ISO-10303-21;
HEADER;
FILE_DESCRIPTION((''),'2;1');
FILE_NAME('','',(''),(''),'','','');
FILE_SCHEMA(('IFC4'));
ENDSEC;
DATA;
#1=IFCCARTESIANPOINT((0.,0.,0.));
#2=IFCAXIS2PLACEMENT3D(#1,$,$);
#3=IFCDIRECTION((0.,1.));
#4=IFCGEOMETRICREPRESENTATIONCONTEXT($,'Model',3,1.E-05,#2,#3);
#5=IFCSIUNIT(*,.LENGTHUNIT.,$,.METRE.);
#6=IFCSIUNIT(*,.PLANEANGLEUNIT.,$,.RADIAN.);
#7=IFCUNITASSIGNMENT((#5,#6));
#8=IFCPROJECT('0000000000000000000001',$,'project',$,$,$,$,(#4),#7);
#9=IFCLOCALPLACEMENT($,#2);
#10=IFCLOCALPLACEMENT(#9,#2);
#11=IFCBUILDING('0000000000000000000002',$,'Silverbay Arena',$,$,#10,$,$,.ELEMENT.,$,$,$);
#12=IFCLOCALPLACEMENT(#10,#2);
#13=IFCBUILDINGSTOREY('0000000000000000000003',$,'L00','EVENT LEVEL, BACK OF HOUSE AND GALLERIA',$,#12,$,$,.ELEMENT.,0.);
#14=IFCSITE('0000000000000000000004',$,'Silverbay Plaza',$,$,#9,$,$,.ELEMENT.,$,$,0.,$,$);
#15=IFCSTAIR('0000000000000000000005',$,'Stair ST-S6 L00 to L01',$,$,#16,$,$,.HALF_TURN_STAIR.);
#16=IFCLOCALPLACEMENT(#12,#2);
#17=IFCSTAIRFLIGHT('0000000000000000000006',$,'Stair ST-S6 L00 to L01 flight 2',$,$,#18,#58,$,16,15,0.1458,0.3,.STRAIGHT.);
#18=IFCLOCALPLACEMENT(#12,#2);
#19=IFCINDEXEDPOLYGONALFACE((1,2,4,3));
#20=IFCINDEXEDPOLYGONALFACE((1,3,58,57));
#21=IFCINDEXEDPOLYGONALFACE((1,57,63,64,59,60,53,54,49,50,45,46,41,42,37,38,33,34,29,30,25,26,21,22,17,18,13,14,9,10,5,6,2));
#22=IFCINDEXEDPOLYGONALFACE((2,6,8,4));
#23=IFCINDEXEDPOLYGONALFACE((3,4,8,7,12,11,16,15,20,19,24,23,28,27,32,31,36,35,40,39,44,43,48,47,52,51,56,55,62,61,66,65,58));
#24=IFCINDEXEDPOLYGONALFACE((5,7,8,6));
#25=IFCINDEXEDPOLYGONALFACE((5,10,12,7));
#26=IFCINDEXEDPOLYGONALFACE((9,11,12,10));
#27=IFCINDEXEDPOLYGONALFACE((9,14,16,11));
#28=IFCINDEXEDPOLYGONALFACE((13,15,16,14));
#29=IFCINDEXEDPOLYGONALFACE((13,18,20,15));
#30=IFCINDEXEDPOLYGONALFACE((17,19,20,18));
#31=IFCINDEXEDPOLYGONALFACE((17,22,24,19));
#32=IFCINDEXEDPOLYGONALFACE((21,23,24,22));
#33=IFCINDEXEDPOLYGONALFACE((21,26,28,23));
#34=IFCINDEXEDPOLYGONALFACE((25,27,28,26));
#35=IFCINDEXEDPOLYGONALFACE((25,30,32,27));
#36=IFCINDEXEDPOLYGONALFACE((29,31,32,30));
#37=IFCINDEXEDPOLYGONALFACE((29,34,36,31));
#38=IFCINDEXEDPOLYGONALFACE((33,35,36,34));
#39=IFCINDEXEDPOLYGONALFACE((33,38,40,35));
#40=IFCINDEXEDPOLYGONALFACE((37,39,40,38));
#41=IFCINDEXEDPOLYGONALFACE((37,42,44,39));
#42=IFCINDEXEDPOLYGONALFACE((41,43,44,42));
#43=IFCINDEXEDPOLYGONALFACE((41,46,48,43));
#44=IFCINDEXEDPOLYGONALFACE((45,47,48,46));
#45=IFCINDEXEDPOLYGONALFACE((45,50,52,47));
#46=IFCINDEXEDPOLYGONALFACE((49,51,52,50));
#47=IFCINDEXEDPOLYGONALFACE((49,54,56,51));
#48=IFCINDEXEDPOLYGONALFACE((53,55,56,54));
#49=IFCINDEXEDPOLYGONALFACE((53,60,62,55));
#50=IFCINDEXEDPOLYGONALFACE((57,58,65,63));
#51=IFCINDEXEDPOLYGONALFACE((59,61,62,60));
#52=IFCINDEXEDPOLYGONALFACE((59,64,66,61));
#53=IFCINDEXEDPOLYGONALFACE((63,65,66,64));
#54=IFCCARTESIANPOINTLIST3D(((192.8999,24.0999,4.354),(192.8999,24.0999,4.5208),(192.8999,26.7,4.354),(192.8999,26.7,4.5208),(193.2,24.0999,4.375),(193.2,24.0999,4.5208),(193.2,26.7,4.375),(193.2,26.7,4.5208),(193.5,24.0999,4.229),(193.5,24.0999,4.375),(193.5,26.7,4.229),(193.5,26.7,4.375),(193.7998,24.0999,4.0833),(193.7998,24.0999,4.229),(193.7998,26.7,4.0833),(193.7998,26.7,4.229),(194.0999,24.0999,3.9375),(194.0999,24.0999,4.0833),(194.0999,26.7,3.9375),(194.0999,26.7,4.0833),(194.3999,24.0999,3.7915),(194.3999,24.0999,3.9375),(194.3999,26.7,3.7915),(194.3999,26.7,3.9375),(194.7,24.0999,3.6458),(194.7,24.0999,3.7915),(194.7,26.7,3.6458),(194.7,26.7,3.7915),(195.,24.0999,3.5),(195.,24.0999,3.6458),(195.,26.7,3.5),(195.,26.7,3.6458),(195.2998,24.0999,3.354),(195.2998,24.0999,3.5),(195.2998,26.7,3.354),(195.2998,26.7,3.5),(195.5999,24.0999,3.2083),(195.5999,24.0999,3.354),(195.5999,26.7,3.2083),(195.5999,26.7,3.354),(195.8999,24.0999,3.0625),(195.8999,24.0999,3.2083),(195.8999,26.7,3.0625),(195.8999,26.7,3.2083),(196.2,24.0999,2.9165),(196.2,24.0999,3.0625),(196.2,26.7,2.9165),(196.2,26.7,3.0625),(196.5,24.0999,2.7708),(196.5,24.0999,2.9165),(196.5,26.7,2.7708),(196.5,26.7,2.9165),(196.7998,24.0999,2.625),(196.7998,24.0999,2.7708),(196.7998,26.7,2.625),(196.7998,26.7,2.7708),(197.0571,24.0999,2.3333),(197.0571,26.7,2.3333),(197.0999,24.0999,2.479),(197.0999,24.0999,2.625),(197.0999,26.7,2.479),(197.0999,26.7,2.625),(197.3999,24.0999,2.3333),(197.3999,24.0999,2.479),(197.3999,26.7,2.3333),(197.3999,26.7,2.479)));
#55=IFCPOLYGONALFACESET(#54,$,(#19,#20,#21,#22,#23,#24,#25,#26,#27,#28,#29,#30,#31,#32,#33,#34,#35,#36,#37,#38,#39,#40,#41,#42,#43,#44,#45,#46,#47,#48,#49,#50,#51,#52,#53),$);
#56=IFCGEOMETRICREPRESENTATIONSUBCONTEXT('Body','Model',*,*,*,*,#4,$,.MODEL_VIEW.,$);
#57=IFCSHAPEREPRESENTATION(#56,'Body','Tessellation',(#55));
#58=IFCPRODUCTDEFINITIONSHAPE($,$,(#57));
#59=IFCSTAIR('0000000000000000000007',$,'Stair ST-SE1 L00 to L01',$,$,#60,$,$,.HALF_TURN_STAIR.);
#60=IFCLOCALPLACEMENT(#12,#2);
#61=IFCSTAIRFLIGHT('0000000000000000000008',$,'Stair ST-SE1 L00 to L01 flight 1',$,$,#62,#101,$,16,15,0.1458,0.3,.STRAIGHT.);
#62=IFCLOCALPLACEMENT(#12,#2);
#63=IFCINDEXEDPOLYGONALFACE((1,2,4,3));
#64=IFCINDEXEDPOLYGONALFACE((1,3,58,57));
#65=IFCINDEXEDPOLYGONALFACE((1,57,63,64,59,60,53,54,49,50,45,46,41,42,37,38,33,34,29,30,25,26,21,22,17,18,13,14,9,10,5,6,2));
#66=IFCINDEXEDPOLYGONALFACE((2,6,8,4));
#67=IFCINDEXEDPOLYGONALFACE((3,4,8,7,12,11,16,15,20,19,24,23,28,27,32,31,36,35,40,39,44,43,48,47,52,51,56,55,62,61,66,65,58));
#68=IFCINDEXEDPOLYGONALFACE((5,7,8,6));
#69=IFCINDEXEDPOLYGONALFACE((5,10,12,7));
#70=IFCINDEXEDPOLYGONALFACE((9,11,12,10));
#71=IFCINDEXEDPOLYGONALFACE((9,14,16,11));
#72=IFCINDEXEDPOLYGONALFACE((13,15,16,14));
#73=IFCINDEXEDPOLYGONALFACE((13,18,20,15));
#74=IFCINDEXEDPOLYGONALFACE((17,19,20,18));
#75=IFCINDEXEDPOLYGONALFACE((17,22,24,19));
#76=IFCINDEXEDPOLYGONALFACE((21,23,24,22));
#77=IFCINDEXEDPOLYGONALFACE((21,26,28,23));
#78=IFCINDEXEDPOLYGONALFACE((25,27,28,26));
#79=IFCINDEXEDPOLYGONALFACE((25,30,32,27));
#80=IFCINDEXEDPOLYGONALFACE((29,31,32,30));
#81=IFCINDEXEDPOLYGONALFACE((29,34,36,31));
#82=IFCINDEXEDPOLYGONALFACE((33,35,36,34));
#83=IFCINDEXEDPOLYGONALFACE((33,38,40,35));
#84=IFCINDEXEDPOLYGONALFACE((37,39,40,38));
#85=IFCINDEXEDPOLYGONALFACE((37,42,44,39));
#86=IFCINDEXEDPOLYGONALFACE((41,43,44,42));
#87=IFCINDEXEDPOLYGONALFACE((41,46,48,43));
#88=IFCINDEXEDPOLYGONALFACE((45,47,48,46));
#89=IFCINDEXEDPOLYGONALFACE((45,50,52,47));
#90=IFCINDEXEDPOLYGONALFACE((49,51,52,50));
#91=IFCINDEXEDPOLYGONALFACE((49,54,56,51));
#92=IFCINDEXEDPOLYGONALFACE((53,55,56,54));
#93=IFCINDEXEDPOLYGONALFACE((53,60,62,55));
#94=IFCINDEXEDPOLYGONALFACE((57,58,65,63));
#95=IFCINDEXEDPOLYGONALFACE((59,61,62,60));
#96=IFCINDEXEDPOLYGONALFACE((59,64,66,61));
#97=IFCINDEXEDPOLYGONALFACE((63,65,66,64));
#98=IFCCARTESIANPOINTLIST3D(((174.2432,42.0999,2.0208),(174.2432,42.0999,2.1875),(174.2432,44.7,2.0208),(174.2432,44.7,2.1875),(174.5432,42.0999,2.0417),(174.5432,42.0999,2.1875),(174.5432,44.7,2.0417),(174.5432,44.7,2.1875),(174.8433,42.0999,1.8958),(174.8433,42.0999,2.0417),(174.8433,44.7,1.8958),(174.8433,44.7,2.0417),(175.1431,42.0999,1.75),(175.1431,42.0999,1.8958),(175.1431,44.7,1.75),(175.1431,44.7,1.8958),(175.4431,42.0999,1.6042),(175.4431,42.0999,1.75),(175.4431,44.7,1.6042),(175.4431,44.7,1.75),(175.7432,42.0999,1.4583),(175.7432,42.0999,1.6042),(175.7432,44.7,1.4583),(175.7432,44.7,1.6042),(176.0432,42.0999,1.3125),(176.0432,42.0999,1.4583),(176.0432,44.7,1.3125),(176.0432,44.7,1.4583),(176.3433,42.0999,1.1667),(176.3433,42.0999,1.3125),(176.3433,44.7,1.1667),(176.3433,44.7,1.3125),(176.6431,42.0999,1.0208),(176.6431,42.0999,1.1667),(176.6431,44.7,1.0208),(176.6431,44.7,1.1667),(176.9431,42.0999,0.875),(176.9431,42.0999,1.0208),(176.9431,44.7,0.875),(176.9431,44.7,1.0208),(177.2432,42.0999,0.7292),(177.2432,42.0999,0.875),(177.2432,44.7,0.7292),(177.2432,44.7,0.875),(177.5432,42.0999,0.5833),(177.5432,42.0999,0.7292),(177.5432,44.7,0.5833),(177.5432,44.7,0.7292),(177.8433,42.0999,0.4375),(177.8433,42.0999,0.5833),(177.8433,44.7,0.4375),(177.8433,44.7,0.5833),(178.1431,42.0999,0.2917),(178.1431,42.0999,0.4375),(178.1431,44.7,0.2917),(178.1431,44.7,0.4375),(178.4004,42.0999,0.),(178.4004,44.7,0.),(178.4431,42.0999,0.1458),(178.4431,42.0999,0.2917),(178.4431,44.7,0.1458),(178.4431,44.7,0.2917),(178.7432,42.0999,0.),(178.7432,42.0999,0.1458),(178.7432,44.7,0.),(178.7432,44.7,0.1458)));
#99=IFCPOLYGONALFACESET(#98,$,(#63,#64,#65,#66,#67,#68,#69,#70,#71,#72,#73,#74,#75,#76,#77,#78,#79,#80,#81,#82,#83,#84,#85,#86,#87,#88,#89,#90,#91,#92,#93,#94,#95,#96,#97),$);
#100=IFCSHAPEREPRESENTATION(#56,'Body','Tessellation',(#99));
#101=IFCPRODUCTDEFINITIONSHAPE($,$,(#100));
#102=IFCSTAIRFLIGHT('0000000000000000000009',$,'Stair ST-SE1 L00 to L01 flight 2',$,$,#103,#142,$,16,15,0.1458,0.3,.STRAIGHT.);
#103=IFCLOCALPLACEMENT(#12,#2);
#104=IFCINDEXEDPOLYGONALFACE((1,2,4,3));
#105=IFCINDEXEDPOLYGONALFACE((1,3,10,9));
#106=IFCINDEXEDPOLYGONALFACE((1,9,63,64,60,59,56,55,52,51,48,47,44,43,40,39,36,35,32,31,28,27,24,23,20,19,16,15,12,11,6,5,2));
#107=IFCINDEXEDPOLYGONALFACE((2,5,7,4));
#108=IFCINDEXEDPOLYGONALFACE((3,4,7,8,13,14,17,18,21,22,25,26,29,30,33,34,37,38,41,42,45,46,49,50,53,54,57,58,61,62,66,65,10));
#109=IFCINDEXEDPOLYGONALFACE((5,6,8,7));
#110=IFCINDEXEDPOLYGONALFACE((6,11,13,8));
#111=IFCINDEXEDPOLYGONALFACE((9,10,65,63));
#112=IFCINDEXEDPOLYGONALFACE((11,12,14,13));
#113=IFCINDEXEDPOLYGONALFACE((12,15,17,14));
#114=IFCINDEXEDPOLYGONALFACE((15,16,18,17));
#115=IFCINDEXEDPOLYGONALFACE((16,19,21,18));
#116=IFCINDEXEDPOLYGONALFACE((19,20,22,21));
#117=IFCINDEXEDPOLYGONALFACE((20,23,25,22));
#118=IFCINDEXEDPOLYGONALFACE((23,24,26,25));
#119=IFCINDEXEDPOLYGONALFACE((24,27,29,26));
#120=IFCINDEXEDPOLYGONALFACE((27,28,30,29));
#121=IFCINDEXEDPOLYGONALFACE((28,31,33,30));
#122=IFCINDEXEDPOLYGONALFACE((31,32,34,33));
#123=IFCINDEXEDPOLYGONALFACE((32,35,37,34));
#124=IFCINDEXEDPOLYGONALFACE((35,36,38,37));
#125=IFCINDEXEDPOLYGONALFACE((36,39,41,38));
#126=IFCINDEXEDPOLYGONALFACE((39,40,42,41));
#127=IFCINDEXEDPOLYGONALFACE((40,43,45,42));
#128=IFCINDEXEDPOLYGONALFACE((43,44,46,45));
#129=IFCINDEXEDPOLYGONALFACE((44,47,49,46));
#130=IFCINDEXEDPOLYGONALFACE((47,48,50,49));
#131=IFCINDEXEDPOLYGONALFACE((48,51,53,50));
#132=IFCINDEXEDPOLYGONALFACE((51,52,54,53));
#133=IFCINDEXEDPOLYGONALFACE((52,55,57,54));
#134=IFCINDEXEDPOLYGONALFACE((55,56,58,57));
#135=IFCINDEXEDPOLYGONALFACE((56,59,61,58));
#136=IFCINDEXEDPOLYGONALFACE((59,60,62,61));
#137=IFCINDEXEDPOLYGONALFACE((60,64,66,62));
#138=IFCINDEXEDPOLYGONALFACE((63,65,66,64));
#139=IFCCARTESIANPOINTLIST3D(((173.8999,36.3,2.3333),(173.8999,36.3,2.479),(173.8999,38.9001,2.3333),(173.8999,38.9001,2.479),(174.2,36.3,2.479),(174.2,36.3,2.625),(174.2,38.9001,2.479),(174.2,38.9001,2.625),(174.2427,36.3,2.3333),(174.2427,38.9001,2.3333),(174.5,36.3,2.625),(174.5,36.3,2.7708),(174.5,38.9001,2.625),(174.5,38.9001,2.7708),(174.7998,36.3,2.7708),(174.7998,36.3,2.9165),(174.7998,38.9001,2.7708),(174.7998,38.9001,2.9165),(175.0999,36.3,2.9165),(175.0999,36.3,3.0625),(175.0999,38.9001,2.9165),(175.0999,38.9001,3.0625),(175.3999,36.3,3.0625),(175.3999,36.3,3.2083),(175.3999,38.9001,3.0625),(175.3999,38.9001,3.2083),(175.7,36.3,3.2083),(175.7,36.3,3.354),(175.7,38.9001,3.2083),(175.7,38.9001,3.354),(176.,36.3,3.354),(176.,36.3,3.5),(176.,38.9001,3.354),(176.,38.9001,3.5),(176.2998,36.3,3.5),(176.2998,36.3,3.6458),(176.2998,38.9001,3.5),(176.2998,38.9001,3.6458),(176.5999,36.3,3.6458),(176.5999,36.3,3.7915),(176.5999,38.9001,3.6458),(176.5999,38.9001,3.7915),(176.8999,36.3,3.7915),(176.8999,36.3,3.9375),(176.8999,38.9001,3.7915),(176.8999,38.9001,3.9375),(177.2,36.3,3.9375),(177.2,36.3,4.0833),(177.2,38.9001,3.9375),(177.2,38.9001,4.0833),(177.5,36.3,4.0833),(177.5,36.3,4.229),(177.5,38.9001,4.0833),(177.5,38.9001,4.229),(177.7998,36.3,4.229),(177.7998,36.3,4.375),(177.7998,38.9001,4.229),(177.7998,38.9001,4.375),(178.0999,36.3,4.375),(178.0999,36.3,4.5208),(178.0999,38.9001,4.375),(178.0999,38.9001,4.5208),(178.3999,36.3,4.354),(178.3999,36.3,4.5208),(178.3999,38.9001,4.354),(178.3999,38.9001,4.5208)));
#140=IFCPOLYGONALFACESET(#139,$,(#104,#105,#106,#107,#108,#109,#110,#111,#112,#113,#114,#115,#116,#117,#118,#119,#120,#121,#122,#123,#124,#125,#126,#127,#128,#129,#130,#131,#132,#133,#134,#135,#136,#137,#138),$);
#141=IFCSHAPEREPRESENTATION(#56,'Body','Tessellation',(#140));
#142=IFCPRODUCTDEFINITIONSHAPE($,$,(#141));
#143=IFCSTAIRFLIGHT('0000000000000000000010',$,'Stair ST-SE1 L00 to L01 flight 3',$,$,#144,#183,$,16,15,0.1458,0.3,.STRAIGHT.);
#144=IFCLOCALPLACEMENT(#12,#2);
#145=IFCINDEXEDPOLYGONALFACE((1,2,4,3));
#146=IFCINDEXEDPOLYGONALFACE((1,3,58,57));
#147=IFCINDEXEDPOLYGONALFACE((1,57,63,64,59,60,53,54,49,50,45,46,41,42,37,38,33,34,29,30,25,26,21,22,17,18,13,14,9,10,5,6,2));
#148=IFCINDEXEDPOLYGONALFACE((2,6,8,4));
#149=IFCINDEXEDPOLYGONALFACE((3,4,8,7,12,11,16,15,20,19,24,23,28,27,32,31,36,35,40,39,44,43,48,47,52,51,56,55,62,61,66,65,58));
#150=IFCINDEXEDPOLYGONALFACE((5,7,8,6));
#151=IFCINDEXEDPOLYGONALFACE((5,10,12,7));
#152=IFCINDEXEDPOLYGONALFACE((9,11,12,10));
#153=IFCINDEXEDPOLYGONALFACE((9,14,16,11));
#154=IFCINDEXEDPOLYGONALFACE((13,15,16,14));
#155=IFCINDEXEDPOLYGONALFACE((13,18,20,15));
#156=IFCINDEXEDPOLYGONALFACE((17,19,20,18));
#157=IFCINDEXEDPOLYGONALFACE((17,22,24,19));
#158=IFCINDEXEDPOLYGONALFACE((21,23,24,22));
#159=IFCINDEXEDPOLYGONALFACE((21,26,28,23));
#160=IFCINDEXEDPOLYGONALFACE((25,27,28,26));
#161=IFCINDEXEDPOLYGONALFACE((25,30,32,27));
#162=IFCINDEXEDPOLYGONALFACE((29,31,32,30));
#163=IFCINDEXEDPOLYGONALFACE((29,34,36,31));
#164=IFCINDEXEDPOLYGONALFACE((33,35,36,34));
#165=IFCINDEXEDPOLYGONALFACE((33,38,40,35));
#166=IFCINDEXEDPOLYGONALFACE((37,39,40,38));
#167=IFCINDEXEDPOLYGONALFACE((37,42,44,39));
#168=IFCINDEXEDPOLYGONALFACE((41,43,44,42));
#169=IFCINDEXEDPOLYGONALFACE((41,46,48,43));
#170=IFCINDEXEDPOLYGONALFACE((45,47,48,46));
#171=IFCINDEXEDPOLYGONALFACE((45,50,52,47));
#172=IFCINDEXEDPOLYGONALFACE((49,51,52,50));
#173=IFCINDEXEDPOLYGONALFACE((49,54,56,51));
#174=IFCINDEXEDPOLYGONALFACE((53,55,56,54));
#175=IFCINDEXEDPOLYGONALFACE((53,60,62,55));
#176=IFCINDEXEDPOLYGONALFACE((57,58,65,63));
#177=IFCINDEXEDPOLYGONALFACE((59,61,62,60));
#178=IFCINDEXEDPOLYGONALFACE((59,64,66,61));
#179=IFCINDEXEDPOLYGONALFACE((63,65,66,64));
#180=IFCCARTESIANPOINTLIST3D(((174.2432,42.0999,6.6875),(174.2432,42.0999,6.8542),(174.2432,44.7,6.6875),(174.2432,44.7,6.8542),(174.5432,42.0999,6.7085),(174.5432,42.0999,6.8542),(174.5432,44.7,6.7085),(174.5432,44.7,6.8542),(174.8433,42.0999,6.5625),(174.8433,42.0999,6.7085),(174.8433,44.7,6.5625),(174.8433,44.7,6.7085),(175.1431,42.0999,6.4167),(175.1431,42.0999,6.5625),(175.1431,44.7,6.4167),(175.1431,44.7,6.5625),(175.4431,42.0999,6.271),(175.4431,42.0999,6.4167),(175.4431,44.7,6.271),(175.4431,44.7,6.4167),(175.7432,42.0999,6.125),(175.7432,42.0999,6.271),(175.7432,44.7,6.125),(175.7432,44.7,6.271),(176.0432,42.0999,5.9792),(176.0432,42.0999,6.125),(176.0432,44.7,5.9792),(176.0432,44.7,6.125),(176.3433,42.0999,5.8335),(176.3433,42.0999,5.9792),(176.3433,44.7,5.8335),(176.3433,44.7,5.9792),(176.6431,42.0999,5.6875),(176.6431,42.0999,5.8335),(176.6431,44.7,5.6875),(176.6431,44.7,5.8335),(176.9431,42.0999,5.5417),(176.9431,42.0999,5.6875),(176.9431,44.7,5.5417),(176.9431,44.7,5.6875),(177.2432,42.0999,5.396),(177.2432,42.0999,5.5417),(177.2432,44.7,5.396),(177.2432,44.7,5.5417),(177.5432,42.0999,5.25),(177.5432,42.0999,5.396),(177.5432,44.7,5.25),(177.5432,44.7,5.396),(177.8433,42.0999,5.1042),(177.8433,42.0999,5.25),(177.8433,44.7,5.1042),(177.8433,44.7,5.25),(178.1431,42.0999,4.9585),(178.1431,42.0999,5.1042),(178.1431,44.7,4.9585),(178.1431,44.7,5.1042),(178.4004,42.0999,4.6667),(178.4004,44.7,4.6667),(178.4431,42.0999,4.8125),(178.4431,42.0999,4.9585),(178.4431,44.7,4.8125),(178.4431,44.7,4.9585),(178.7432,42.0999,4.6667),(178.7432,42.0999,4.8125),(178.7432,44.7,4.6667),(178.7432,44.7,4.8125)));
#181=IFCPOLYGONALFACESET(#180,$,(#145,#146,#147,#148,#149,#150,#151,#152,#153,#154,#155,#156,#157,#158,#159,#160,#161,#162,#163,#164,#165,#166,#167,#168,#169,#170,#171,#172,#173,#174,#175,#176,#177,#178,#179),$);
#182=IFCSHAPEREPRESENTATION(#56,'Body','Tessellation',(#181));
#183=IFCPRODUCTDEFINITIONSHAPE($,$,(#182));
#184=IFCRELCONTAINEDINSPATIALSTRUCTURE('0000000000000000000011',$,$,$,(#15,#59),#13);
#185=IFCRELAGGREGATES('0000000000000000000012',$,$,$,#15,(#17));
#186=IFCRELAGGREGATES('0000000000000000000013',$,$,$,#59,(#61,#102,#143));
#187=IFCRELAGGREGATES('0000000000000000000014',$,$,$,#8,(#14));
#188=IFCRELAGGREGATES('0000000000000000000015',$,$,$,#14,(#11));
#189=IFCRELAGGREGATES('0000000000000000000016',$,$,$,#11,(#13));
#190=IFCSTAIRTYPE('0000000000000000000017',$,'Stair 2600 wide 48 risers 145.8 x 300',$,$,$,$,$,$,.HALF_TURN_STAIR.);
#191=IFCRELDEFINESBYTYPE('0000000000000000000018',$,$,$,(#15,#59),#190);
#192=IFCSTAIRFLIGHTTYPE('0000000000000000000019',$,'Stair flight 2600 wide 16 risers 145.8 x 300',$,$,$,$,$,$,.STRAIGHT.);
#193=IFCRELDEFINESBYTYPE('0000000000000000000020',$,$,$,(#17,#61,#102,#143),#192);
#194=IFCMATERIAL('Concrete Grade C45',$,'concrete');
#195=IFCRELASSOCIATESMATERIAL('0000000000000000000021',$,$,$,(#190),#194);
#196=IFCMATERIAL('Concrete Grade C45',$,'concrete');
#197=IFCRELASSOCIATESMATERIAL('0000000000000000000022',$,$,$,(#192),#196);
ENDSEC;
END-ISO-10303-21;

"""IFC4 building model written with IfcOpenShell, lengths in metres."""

from ifc_helpers import new_model, si_unit, direction, frame, origin, place, context, subcontext, project, spatial, polyline, outline, extrude, material, type_object, element, aggregate, save


model = new_model("IFC4")

# Units and contexts
model_context = context("Model", 3, precision=1e-05, world=origin(), true_north=direction((0.0, 1.0)))
body_context = subcontext(model_context, "Body", "Model", "MODEL_VIEW")
ifc_project = project(units=[si_unit("LENGTHUNIT", "METRE"), si_unit("PLANEANGLEUNIT", "RADIAN")], contexts=[model_context])

# Site, building, storey
site_placement = place(None, origin())
site = spatial("IfcSite", under=ifc_project, at=site_placement, Name="Silverbay Plaza", CompositionType="ELEMENT", RefElevation=0.0)
building_placement = place(site_placement, origin())
building = spatial("IfcBuilding", under=site, at=building_placement, Name="Silverbay Arena", CompositionType="ELEMENT")
storey_placement = place(building_placement, origin())
storey = spatial("IfcBuildingStorey", under=building, at=storey_placement, Name="L00", Description="EVENT LEVEL, BACK OF HOUSE AND GALLERIA", CompositionType="ELEMENT", Elevation=0.0)

# Stair, stair flight
ifc_material_1 = material(Name="Concrete Grade C45", Category="concrete")
stair_type = type_object("IfcStairType", Name="Stair 2600 wide 48 risers 145.8 x 300", PredefinedType="HALF_TURN_STAIR", material=ifc_material_1)
stair_1_placement = place(storey_placement, origin())
stair_1 = element("IfcStair", 1, at=stair_1_placement, inside=storey, type_object=stair_type, Name="Stair ST-S6 L00 to L01", PredefinedType="HALF_TURN_STAIR")
ifc_material_2 = material(Name="Concrete Grade C45", Category="concrete")
stair_flight_type = type_object("IfcStairFlightType", Name="Stair flight 2600 wide 16 risers 145.8 x 300", PredefinedType="STRAIGHT", material=ifc_material_2)
stair_flight_1_placement = place(storey_placement, frame((197.3999, 25.3999, 2.3333), z_axis=(0.0, 0.0, 1.0), x_axis=(-1.0, 0.0, 0.0)))
stair_flight_1 = element("IfcStairFlight", 2, at=stair_flight_1_placement, type_object=stair_flight_type, Name="Stair ST-S6 L00 to L01 flight 2", NumberOfRisers=16, NumberOfTreads=15, PredefinedType="STRAIGHT", RiserHeight=0.1458, TreadLength=0.3, context=body_context, shape_type="SweptSolid", body=[
    extrude(outline(polyline([(0.0, 0.0), (0.0, 0.1458), (0.3, 0.1458), (0.3, 0.2917), (0.6001, 0.2917), (0.6001, 0.4375), (0.8999, 0.4375), (0.8999, 0.5833), (1.2, 0.5833), (1.2, 0.7292), (1.5, 0.7292), (1.5, 0.875), (1.8, 0.875), (1.8, 1.0208), (2.1001, 1.0208), (2.1001, 1.1667), (2.3999, 1.1667), (2.3999, 1.3125), (2.7, 1.3125), (2.7, 1.4583), (3.0, 1.4583), (3.0, 1.6042), (3.3, 1.6042), (3.3, 1.75), (3.6001, 1.75), (3.6001, 1.8958), (3.8999, 1.8958), (3.8999, 2.0417), (4.2, 2.0417), (4.2, 2.1875), (4.5, 2.1875), (4.5, 2.0208), (0.3428, 0.0), (0.0, 0.0)])), frame((0.0, 1.3, 0.0), z_axis=(0.0, -1.0, 0.0), x_axis=(1.0, 0.0, 0.0)), (0.0, 0.0, 1.0), 2.6001),
])
aggregate(stair_1, [stair_flight_1])

# Stair, stair flights
stair_2_placement = place(storey_placement, origin())
stair_2 = element("IfcStair", 3, at=stair_2_placement, inside=storey, type_object=stair_type, Name="Stair ST-SE1 L00 to L01", PredefinedType="HALF_TURN_STAIR")
stair_flight_2_placement = place(storey_placement, frame((178.7432, 43.3999, 0.0), z_axis=(0.0, 0.0, 1.0), x_axis=(-1.0, 0.0, 0.0)))
stair_flight_2 = element("IfcStairFlight", 4, at=stair_flight_2_placement, type_object=stair_flight_type, Name="Stair ST-SE1 L00 to L01 flight 1", NumberOfRisers=16, NumberOfTreads=15, PredefinedType="STRAIGHT", RiserHeight=0.1458, TreadLength=0.3, context=body_context, shape_type="SweptSolid", body=[
    extrude(outline(polyline([(0.0, 0.0), (0.0, 0.1458), (0.3, 0.1458), (0.3, 0.2917), (0.6001, 0.2917), (0.6001, 0.4375), (0.8999, 0.4375), (0.8999, 0.5833), (1.2, 0.5833), (1.2, 0.7292), (1.5, 0.7292), (1.5, 0.875), (1.8, 0.875), (1.8, 1.0208), (2.1001, 1.0208), (2.1001, 1.1667), (2.3999, 1.1667), (2.3999, 1.3125), (2.7, 1.3125), (2.7, 1.4583), (3.0, 1.4583), (3.0, 1.6042), (3.3, 1.6042), (3.3, 1.75), (3.6001, 1.75), (3.6001, 1.8958), (3.8999, 1.8958), (3.8999, 2.0417), (4.2, 2.0417), (4.2, 2.1875), (4.5, 2.1875), (4.5, 2.0208), (0.3428, 0.0), (0.0, 0.0)])), frame((0.0, 1.3, 0.0), z_axis=(0.0, -1.0, 0.0), x_axis=(1.0, 0.0, 0.0)), (0.0, 0.0, 1.0), 2.6001),
])
stair_flight_3_placement = place(storey_placement, frame((173.8999, 37.6001, 2.3333), z_axis=(0.0, 0.0, 1.0), x_axis=(1.0, 0.0, 0.0)))
stair_flight_3 = element("IfcStairFlight", 5, at=stair_flight_3_placement, type_object=stair_flight_type, Name="Stair ST-SE1 L00 to L01 flight 2", NumberOfRisers=16, NumberOfTreads=15, PredefinedType="STRAIGHT", RiserHeight=0.1458, TreadLength=0.3, context=body_context, shape_type="SweptSolid", body=[
    extrude(outline(polyline([(0.0, 0.0), (0.0, 0.1458), (0.3, 0.1458), (0.3, 0.2917), (0.6001, 0.2917), (0.6001, 0.4375), (0.8999, 0.4375), (0.8999, 0.5833), (1.2, 0.5833), (1.2, 0.7292), (1.5, 0.7292), (1.5, 0.875), (1.8, 0.875), (1.8, 1.0208), (2.1001, 1.0208), (2.1001, 1.1667), (2.3999, 1.1667), (2.3999, 1.3125), (2.7, 1.3125), (2.7, 1.4583), (3.0, 1.4583), (3.0, 1.6042), (3.3, 1.6042), (3.3, 1.75), (3.6001, 1.75), (3.6001, 1.8958), (3.8999, 1.8958), (3.8999, 2.0417), (4.2, 2.0417), (4.2, 2.1875), (4.5, 2.1875), (4.5, 2.0208), (0.3428, 0.0), (0.0, 0.0)])), frame((0.0, 1.3, 0.0), z_axis=(0.0, -1.0, 0.0), x_axis=(1.0, 0.0, 0.0)), (0.0, 0.0, 1.0), 2.6001),
])
stair_flight_4_placement = place(storey_placement, frame((178.7432, 43.3999, 4.6667), z_axis=(0.0, 0.0, 1.0), x_axis=(-1.0, 0.0, 0.0)))
stair_flight_4 = element("IfcStairFlight", 6, at=stair_flight_4_placement, type_object=stair_flight_type, Name="Stair ST-SE1 L00 to L01 flight 3", NumberOfRisers=16, NumberOfTreads=15, PredefinedType="STRAIGHT", RiserHeight=0.1458, TreadLength=0.3, context=body_context, shape_type="SweptSolid", body=[
    extrude(outline(polyline([(0.0, 0.0), (0.0, 0.1458), (0.3, 0.1458), (0.3, 0.2917), (0.6001, 0.2917), (0.6001, 0.4375), (0.8999, 0.4375), (0.8999, 0.5833), (1.2, 0.5833), (1.2, 0.7292), (1.5, 0.7292), (1.5, 0.875), (1.8, 0.875), (1.8, 1.0208), (2.1001, 1.0208), (2.1001, 1.1667), (2.3999, 1.1667), (2.3999, 1.3125), (2.7, 1.3125), (2.7, 1.4583), (3.0, 1.4583), (3.0, 1.6042), (3.3, 1.6042), (3.3, 1.75), (3.6001, 1.75), (3.6001, 1.8958), (3.8999, 1.8958), (3.8999, 2.0417), (4.2, 2.0417), (4.2, 2.1875), (4.5, 2.1875), (4.5, 2.0208), (0.3428, 0.0), (0.0, 0.0)])), frame((0.0, 1.3, 0.0), z_axis=(0.0, -1.0, 0.0), x_axis=(1.0, 0.0, 0.0)), (0.0, 0.0, 1.0), 2.6001),
])
aggregate(stair_2, [stair_flight_2, stair_flight_3, stair_flight_4])

save(model, "model.ifc")
